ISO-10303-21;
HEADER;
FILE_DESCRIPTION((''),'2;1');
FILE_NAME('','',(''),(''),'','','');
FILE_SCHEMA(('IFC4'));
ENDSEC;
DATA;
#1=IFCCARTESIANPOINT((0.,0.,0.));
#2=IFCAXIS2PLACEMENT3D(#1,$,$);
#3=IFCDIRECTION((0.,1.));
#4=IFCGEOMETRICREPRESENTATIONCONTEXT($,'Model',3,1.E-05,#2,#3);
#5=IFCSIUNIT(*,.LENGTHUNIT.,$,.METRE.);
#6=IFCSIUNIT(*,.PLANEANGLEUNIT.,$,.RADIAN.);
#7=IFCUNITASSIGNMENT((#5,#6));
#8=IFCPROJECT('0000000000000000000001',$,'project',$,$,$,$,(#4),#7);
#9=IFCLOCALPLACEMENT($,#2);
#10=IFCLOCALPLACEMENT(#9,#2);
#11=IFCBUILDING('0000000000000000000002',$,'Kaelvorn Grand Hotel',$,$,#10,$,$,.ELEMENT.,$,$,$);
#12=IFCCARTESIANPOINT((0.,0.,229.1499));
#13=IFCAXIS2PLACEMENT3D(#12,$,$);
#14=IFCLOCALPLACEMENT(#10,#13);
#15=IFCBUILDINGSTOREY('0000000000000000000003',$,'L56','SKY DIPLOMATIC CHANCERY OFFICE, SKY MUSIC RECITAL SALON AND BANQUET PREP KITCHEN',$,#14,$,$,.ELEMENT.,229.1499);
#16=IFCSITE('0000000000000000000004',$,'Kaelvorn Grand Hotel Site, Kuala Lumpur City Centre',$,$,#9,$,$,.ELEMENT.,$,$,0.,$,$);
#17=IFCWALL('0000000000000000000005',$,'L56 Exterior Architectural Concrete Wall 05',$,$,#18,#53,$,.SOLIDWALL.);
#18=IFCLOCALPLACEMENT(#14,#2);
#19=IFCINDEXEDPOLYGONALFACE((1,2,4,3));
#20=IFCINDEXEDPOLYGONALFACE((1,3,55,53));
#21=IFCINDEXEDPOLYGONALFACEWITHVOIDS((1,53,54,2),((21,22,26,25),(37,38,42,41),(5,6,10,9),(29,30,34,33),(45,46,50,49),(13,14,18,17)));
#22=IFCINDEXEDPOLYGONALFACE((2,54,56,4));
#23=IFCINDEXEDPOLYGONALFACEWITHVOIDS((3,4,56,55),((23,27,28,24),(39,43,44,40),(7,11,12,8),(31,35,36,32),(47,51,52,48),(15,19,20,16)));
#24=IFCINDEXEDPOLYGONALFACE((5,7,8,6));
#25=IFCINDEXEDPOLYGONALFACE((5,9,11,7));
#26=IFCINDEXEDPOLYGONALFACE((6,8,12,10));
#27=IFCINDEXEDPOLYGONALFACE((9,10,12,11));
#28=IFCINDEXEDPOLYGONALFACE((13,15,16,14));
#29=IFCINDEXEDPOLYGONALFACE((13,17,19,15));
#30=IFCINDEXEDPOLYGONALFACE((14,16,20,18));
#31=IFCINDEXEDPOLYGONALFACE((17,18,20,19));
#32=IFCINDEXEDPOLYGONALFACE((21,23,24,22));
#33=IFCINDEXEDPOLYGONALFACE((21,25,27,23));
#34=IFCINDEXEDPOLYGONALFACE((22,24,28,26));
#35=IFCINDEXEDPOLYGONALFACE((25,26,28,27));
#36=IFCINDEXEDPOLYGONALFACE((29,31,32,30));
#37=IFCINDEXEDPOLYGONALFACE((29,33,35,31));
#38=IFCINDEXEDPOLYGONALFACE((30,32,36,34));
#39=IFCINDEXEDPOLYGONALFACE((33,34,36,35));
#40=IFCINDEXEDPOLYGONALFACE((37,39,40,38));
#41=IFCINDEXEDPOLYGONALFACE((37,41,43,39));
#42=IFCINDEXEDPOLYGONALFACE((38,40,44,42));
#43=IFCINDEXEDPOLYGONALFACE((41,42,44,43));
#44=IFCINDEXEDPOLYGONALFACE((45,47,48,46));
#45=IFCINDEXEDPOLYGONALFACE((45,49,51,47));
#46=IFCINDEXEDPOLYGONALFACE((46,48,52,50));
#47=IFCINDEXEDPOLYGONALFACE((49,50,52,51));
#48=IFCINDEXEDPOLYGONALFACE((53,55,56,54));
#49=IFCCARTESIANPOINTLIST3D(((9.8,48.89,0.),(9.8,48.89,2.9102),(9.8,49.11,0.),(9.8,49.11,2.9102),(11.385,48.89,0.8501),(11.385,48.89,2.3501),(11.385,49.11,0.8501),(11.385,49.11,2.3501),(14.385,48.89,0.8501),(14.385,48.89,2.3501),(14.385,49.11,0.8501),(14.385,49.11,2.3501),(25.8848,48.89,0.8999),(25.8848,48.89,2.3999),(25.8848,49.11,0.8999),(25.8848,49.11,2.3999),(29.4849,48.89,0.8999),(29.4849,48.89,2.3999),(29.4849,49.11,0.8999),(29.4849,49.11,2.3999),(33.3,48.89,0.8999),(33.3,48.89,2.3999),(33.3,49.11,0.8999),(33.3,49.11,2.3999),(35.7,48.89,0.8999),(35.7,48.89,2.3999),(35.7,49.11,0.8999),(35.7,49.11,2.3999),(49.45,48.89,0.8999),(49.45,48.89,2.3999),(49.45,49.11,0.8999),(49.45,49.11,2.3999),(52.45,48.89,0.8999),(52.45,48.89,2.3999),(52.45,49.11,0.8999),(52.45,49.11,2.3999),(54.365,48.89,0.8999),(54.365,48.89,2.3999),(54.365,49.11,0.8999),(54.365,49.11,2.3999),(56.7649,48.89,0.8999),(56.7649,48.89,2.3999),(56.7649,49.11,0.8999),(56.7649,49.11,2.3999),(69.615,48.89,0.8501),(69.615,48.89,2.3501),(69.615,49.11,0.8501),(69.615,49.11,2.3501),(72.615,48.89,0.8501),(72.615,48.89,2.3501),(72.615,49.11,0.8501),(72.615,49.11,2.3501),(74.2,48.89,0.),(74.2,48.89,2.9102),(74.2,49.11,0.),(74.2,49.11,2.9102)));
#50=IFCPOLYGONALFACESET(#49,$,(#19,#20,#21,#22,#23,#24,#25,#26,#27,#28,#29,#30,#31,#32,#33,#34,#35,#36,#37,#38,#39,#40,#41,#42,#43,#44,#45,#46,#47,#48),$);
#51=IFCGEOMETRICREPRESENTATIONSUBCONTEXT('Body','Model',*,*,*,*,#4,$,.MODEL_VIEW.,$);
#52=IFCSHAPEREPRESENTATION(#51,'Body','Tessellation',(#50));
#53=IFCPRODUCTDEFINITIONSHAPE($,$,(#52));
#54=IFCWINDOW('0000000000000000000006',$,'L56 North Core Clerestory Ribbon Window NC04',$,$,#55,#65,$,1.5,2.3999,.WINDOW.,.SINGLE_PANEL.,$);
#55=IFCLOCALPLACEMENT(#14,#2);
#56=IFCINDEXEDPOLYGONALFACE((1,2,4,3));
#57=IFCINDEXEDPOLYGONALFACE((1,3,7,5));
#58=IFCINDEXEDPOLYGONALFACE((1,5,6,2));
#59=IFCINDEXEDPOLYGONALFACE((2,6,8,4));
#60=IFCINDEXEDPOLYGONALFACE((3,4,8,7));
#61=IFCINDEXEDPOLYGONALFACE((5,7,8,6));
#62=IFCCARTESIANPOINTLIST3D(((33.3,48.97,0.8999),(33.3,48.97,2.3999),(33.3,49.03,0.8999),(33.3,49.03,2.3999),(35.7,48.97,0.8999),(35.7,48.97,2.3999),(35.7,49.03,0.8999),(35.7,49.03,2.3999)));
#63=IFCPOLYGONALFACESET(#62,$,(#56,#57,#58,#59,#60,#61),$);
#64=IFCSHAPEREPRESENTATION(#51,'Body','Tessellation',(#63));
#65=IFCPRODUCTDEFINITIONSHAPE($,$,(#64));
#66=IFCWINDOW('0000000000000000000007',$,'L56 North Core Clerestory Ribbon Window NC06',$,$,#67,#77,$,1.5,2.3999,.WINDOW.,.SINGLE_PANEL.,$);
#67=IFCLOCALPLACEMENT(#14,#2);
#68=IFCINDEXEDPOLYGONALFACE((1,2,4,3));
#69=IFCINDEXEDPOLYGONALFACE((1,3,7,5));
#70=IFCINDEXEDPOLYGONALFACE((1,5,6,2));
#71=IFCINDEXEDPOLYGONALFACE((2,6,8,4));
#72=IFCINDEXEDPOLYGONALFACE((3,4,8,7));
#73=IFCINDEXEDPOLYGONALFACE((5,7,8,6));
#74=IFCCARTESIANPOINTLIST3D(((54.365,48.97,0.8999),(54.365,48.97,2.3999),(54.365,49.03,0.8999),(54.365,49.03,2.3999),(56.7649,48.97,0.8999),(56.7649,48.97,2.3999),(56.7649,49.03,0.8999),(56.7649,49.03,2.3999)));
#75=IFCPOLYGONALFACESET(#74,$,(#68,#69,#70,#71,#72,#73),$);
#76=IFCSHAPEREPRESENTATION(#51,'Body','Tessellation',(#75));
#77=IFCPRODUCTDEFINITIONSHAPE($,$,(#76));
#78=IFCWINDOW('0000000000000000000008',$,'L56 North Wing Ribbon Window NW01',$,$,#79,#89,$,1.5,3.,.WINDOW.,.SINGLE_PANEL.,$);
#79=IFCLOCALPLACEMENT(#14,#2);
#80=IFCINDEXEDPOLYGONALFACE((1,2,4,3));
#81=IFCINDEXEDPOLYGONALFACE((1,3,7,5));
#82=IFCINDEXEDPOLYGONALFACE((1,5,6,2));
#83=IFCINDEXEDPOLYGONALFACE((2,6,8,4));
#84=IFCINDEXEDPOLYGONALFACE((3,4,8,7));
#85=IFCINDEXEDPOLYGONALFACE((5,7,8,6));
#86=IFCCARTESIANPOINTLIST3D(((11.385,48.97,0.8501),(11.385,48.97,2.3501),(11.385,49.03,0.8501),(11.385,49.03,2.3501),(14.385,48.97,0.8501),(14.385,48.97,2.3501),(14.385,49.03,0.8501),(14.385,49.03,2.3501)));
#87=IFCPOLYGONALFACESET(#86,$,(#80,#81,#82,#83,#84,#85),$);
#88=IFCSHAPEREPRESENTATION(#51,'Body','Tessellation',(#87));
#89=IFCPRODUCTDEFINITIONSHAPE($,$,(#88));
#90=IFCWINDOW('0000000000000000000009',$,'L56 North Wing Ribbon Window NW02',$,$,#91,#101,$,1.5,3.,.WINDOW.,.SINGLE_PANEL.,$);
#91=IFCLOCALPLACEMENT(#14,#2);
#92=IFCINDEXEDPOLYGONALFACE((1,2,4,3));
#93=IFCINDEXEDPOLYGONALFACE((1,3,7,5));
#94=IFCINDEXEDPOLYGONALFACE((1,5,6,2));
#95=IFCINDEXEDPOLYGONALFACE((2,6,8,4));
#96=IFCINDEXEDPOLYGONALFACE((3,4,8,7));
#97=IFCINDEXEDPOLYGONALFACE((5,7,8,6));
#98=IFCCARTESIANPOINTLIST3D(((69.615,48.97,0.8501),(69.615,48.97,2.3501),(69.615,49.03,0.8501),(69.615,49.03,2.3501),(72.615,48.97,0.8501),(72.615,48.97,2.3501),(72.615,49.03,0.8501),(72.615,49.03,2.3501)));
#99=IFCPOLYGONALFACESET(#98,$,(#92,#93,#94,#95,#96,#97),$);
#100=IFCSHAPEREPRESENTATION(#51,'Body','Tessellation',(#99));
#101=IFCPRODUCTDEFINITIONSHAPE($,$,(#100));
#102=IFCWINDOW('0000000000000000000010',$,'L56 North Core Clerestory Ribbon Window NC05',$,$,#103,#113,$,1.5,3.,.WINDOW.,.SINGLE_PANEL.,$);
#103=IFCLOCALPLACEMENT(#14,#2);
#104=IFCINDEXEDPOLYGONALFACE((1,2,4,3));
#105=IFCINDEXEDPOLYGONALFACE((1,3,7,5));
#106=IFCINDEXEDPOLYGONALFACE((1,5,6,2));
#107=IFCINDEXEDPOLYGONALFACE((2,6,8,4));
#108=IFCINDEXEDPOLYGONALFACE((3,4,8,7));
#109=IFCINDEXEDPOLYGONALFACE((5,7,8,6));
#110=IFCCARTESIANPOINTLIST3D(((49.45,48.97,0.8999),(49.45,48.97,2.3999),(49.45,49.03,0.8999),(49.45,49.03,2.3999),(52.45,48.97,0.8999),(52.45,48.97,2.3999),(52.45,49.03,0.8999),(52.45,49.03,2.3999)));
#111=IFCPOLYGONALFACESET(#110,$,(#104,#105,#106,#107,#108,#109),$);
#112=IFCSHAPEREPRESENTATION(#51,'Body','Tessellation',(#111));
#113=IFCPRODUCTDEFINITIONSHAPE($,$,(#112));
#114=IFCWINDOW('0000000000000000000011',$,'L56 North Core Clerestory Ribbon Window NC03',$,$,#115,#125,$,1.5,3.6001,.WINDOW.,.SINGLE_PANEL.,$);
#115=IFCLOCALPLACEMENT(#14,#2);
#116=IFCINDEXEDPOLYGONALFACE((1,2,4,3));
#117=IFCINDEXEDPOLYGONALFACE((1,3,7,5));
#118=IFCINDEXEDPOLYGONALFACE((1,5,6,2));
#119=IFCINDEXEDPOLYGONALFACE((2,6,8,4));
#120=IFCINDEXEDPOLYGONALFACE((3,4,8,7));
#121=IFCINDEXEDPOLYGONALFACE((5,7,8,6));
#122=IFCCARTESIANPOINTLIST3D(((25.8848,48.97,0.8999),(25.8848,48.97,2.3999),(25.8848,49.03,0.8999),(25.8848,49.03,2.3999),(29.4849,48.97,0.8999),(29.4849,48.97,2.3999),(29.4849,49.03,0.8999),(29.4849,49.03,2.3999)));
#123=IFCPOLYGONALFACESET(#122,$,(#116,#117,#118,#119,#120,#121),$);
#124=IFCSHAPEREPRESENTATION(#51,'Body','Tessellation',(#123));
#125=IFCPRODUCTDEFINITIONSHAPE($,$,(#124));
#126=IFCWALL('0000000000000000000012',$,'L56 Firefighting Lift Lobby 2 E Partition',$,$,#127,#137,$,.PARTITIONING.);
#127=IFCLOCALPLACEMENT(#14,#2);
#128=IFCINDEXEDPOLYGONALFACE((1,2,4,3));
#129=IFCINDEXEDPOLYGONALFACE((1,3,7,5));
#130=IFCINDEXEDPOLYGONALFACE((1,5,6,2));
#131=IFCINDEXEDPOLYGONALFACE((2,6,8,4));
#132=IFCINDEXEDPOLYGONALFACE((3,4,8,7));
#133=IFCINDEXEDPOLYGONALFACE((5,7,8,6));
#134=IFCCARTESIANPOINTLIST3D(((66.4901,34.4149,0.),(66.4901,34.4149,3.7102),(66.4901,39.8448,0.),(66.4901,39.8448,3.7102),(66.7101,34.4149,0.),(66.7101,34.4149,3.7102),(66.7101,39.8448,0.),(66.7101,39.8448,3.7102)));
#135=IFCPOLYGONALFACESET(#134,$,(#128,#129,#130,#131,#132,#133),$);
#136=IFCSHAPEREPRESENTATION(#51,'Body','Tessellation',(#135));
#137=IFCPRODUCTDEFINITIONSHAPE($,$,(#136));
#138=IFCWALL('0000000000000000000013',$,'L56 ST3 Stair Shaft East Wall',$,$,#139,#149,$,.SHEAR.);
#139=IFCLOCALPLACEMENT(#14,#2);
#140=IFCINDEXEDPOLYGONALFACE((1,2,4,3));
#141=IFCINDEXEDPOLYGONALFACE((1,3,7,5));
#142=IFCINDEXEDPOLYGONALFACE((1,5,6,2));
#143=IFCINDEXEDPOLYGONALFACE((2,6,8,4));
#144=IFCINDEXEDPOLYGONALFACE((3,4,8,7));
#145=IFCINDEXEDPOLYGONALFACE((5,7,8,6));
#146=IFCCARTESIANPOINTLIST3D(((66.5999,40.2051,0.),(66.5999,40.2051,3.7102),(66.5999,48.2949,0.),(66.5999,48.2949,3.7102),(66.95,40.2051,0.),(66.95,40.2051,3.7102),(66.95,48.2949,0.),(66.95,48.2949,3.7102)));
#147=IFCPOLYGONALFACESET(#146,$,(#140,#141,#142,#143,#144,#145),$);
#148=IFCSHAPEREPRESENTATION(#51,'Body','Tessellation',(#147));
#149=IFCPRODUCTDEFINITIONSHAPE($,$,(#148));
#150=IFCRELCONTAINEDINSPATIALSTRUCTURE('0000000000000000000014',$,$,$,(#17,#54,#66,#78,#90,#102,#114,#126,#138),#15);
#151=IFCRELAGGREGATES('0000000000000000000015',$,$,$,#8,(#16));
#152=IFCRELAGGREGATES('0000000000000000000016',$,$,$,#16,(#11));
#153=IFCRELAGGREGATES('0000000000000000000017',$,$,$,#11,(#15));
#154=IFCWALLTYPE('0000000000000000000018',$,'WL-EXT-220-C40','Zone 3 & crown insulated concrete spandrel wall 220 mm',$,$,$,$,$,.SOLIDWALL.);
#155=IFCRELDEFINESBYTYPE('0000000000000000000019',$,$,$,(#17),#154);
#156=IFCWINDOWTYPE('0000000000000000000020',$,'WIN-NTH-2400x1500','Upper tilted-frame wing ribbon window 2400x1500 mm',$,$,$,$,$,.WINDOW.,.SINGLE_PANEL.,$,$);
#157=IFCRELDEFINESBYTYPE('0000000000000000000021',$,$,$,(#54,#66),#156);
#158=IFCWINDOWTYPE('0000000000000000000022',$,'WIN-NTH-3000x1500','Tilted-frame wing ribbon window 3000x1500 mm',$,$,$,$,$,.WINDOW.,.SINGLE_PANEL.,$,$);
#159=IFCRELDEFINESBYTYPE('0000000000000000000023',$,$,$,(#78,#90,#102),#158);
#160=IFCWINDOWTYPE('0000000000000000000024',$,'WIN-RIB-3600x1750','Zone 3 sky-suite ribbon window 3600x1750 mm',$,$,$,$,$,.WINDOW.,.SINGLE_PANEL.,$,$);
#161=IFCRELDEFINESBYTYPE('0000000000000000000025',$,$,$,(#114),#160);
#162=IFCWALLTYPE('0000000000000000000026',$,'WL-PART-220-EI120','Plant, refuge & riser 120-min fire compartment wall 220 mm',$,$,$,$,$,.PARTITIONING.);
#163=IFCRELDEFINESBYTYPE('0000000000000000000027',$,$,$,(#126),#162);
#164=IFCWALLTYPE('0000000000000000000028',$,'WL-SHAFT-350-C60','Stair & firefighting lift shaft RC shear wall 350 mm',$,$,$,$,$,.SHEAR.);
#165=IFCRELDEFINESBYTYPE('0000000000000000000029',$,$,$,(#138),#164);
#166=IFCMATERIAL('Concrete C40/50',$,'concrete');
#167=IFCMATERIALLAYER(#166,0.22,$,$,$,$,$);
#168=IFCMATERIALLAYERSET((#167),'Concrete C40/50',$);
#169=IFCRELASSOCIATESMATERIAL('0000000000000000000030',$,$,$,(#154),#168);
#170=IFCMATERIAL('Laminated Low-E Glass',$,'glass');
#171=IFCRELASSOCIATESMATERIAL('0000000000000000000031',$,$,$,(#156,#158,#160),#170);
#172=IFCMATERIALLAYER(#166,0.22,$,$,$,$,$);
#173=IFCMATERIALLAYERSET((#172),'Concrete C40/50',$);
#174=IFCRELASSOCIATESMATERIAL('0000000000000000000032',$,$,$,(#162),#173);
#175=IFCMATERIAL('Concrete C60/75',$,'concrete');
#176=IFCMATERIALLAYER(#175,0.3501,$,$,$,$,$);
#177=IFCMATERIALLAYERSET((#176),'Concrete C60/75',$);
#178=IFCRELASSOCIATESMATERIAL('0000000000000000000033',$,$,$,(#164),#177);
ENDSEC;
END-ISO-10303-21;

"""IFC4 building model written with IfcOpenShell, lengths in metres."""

from ifc_helpers import new_model, si_unit, direction, frame, frame_2d, origin, place, context, subcontext, project, spatial, rectangle, extrude, material, layer, layer_set, type_object, element, fill, save


model = new_model("IFC4")

# Units and contexts
model_context = context("Model", 3, precision=1e-05, world=origin(), true_north=direction((0.0, 1.0)))
body_context = subcontext(model_context, "Body", "Model", "MODEL_VIEW")
ifc_project = project(units=[si_unit("LENGTHUNIT", "METRE"), si_unit("PLANEANGLEUNIT", "RADIAN")], contexts=[model_context])

# Site, building, storey
site_placement = place(None, origin())
site = spatial("IfcSite", under=ifc_project, at=site_placement, Name="Kaelvorn Grand Hotel Site, Kuala Lumpur City Centre", CompositionType="ELEMENT", RefElevation=0.0)
building_placement = place(site_placement, origin())
building = spatial("IfcBuilding", under=site, at=building_placement, Name="Kaelvorn Grand Hotel", CompositionType="ELEMENT")
storey_placement = place(building_placement, frame((0.0, 0.0, 229.1499)))
storey = spatial("IfcBuildingStorey", under=building, at=storey_placement, Name="L56", Description="SKY DIPLOMATIC CHANCERY OFFICE, SKY MUSIC RECITAL SALON AND BANQUET PREP KITCHEN", CompositionType="ELEMENT", Elevation=229.1499)

# Shared definitions
ifc_material_1 = material(Name="Concrete C60/75", Category="concrete")

# Shared definitions
ifc_material_2 = material(Name="Concrete C40/50", Category="concrete")
ifc_layer_1 = layer(ifc_material_2, 0.22)
ifc_layer_set_1 = layer_set([ifc_layer_1], Name="Concrete C40/50")
wall_type_1 = type_object("IfcWallType", Name="WL-EXT-220-C40", Description="Zone 3 & crown insulated concrete spandrel wall 220 mm", PredefinedType="SOLIDWALL", material=ifc_layer_set_1)
ifc_material_3 = material(Name="Laminated Low-E Glass", Category="glass")

# Wall, openings, windows
wall_1_placement = place(storey_placement, frame((74.2, 49.0, 0.0), z_axis=(0.0, 0.0, 1.0), x_axis=(-1.0, 0.0, 0.0)))
wall_1 = element("IfcWall", 1, at=wall_1_placement, inside=storey, type_object=wall_type_1, Name="L56 Exterior Architectural Concrete Wall 05", PredefinedType="SOLIDWALL", context=body_context, shape_type="SweptSolid", body=[
    extrude(rectangle(XDim=64.3999, YDim=0.22, at=frame_2d((32.2, 0.0))), origin(), (0.0, 0.0, 1.0), 2.9102),
])
opening_1_placement = place(wall_1_placement, frame((59.8149, 0.0, 0.8501)))
opening_1 = element("IfcOpeningElement", 2, at=opening_1_placement, cuts=wall_1, PredefinedType="OPENING", context=body_context, shape_type="SweptSolid", body=[
    extrude(rectangle(XDim=3.0, YDim=1.5, at=frame_2d((1.5, 0.75))), frame((0.0, 0.1201, 0.0), z_axis=(0.0, -1.0, 0.0), x_axis=(1.0, 0.0, 0.0)), (0.0, 0.0, 1.0), 0.24),
])
opening_2_placement = place(wall_1_placement, frame((1.585, 0.0, 0.8501)))
opening_2 = element("IfcOpeningElement", 3, at=opening_2_placement, cuts=wall_1, PredefinedType="OPENING", context=body_context, shape_type="SweptSolid", body=[
    extrude(rectangle(XDim=3.0, YDim=1.5, at=frame_2d((1.5, 0.75))), frame((0.0, 0.1201, 0.0), z_axis=(0.0, -1.0, 0.0), x_axis=(1.0, 0.0, 0.0)), (0.0, 0.0, 1.0), 0.24),
])
opening_3_placement = place(wall_1_placement, frame((44.7151, 0.0, 0.8999)))
opening_3 = element("IfcOpeningElement", 4, at=opening_3_placement, cuts=wall_1, PredefinedType="OPENING", context=body_context, shape_type="SweptSolid", body=[
    extrude(rectangle(XDim=3.6001, YDim=1.5, at=frame_2d((1.8, 0.75))), frame((0.0, 0.1201, 0.0), z_axis=(0.0, -1.0, 0.0), x_axis=(1.0, 0.0, 0.0)), (0.0, 0.0, 1.0), 0.24),
])
opening_4_placement = place(wall_1_placement, frame((38.5, 0.0, 0.8999)))
opening_4 = element("IfcOpeningElement", 5, at=opening_4_placement, cuts=wall_1, PredefinedType="OPENING", context=body_context, shape_type="SweptSolid", body=[
    extrude(rectangle(XDim=2.3999, YDim=1.5, at=frame_2d((1.2, 0.75))), frame((0.0, 0.1201, 0.0), z_axis=(0.0, -1.0, 0.0), x_axis=(1.0, 0.0, 0.0)), (0.0, 0.0, 1.0), 0.24),
])
opening_5_placement = place(wall_1_placement, frame((21.75, 0.0, 0.8999)))
opening_5 = element("IfcOpeningElement", 6, at=opening_5_placement, cuts=wall_1, PredefinedType="OPENING", context=body_context, shape_type="SweptSolid", body=[
    extrude(rectangle(XDim=3.0, YDim=1.5, at=frame_2d((1.5, 0.75))), frame((0.0, 0.1201, 0.0), z_axis=(0.0, -1.0, 0.0), x_axis=(1.0, 0.0, 0.0)), (0.0, 0.0, 1.0), 0.24),
])
opening_6_placement = place(wall_1_placement, frame((17.4351, 0.0, 0.8999)))
opening_6 = element("IfcOpeningElement", 7, at=opening_6_placement, cuts=wall_1, PredefinedType="OPENING", context=body_context, shape_type="SweptSolid", body=[
    extrude(rectangle(XDim=2.3999, YDim=1.5, at=frame_2d((1.2, 0.75))), frame((0.0, 0.1201, 0.0), z_axis=(0.0, -1.0, 0.0), x_axis=(1.0, 0.0, 0.0)), (0.0, 0.0, 1.0), 0.24),
])
window_type_1 = type_object("IfcWindowType", Name="WIN-NTH-2400x1500", Description="Upper tilted-frame wing ribbon window 2400x1500 mm", PartitioningType="SINGLE_PANEL", PredefinedType="WINDOW", material=ifc_material_3)
window_1_placement = place(opening_4_placement, origin())
window_1 = element("IfcWindow", 8, at=window_1_placement, inside=storey, type_object=window_type_1, Name="L56 North Core Clerestory Ribbon Window NC04", OverallHeight=1.5, OverallWidth=2.3999, PartitioningType="SINGLE_PANEL", PredefinedType="WINDOW", context=body_context, shape_type="SweptSolid", body=[
    extrude(rectangle(XDim=2.3999, YDim=1.5, at=frame_2d((1.2, 0.75))), frame((0.0, 0.03, 0.0), z_axis=(0.0, -1.0, 0.0), x_axis=(1.0, 0.0, 0.0)), (0.0, 0.0, 1.0), 0.0601),
])
fill(opening_4, window_1)
window_2_placement = place(opening_6_placement, origin())
window_2 = element("IfcWindow", 9, at=window_2_placement, inside=storey, type_object=window_type_1, Name="L56 North Core Clerestory Ribbon Window NC06", OverallHeight=1.5, OverallWidth=2.3999, PartitioningType="SINGLE_PANEL", PredefinedType="WINDOW", context=body_context, shape_type="SweptSolid", body=[
    extrude(rectangle(XDim=2.3999, YDim=1.5, at=frame_2d((1.2, 0.75))), frame((0.0, 0.03, 0.0), z_axis=(0.0, -1.0, 0.0), x_axis=(1.0, 0.0, 0.0)), (0.0, 0.0, 1.0), 0.0601),
])
fill(opening_6, window_2)
window_type_2 = type_object("IfcWindowType", Name="WIN-NTH-3000x1500", Description="Tilted-frame wing ribbon window 3000x1500 mm", PartitioningType="SINGLE_PANEL", PredefinedType="WINDOW", material=ifc_material_3)
window_3_placement = place(opening_1_placement, origin())
window_3 = element("IfcWindow", 10, at=window_3_placement, inside=storey, type_object=window_type_2, Name="L56 North Wing Ribbon Window NW01", OverallHeight=1.5, OverallWidth=3.0, PartitioningType="SINGLE_PANEL", PredefinedType="WINDOW", context=body_context, shape_type="SweptSolid", body=[
    extrude(rectangle(XDim=3.0, YDim=1.5, at=frame_2d((1.5, 0.75))), frame((0.0, 0.03, 0.0), z_axis=(0.0, -1.0, 0.0), x_axis=(1.0, 0.0, 0.0)), (0.0, 0.0, 1.0), 0.0601),
])
fill(opening_1, window_3)
window_4_placement = place(opening_2_placement, origin())
window_4 = element("IfcWindow", 11, at=window_4_placement, inside=storey, type_object=window_type_2, Name="L56 North Wing Ribbon Window NW02", OverallHeight=1.5, OverallWidth=3.0, PartitioningType="SINGLE_PANEL", PredefinedType="WINDOW", context=body_context, shape_type="SweptSolid", body=[
    extrude(rectangle(XDim=3.0, YDim=1.5, at=frame_2d((1.5, 0.75))), frame((0.0, 0.03, 0.0), z_axis=(0.0, -1.0, 0.0), x_axis=(1.0, 0.0, 0.0)), (0.0, 0.0, 1.0), 0.0601),
])
fill(opening_2, window_4)
window_5_placement = place(opening_5_placement, origin())
window_5 = element("IfcWindow", 12, at=window_5_placement, inside=storey, type_object=window_type_2, Name="L56 North Core Clerestory Ribbon Window NC05", OverallHeight=1.5, OverallWidth=3.0, PartitioningType="SINGLE_PANEL", PredefinedType="WINDOW", context=body_context, shape_type="SweptSolid", body=[
    extrude(rectangle(XDim=3.0, YDim=1.5, at=frame_2d((1.5, 0.75))), frame((0.0, 0.03, 0.0), z_axis=(0.0, -1.0, 0.0), x_axis=(1.0, 0.0, 0.0)), (0.0, 0.0, 1.0), 0.0601),
])
fill(opening_5, window_5)
window_type_3 = type_object("IfcWindowType", Name="WIN-RIB-3600x1750", Description="Zone 3 sky-suite ribbon window 3600x1750 mm", PartitioningType="SINGLE_PANEL", PredefinedType="WINDOW", material=ifc_material_3)
window_6_placement = place(opening_3_placement, origin())
window_6 = element("IfcWindow", 13, at=window_6_placement, inside=storey, type_object=window_type_3, Name="L56 North Core Clerestory Ribbon Window NC03", OverallHeight=1.5, OverallWidth=3.6001, PartitioningType="SINGLE_PANEL", PredefinedType="WINDOW", context=body_context, shape_type="SweptSolid", body=[
    extrude(rectangle(XDim=3.6001, YDim=1.5, at=frame_2d((1.8, 0.75))), frame((0.0, 0.03, 0.0), z_axis=(0.0, -1.0, 0.0), x_axis=(1.0, 0.0, 0.0)), (0.0, 0.0, 1.0), 0.0601),
])
fill(opening_3, window_6)

# Walls
ifc_layer_2 = layer(ifc_material_2, 0.22)
ifc_layer_set_2 = layer_set([ifc_layer_2], Name="Concrete C40/50")
wall_type_2 = type_object("IfcWallType", Name="WL-PART-220-EI120", Description="Plant, refuge & riser 120-min fire compartment wall 220 mm", PredefinedType="PARTITIONING", material=ifc_layer_set_2)
wall_2_placement = place(storey_placement, frame((66.6001, 34.415, 0.0), z_axis=(0.0, 0.0, 1.0), x_axis=(0.0, 1.0, 0.0)))
element("IfcWall", 14, at=wall_2_placement, inside=storey, type_object=wall_type_2, Name="L56 Firefighting Lift Lobby 2 E Partition", PredefinedType="PARTITIONING", context=body_context, shape_type="SweptSolid", body=[
    extrude(rectangle(XDim=5.4299, YDim=0.22, at=frame_2d((2.7148, 0.0))), origin(), (0.0, 0.0, 1.0), 3.7102),
])
ifc_layer_3 = layer(ifc_material_1, 0.3501)
ifc_layer_set_3 = layer_set([ifc_layer_3], Name="Concrete C60/75")
wall_type_3 = type_object("IfcWallType", Name="WL-SHAFT-350-C60", Description="Stair & firefighting lift shaft RC shear wall 350 mm", PredefinedType="SHEAR", material=ifc_layer_set_3)
wall_3_placement = place(storey_placement, frame((66.7749, 40.2051, 0.0), z_axis=(0.0, 0.0, 1.0), x_axis=(0.0, 1.0, 0.0)))
element("IfcWall", 15, at=wall_3_placement, inside=storey, type_object=wall_type_3, Name="L56 ST3 Stair Shaft East Wall", PredefinedType="SHEAR", context=body_context, shape_type="SweptSolid", body=[
    extrude(rectangle(XDim=8.0898, YDim=0.3501, at=frame_2d((4.0449, 0.0))), origin(), (0.0, 0.0, 1.0), 3.7102),
])

save(model, "model.ifc")
